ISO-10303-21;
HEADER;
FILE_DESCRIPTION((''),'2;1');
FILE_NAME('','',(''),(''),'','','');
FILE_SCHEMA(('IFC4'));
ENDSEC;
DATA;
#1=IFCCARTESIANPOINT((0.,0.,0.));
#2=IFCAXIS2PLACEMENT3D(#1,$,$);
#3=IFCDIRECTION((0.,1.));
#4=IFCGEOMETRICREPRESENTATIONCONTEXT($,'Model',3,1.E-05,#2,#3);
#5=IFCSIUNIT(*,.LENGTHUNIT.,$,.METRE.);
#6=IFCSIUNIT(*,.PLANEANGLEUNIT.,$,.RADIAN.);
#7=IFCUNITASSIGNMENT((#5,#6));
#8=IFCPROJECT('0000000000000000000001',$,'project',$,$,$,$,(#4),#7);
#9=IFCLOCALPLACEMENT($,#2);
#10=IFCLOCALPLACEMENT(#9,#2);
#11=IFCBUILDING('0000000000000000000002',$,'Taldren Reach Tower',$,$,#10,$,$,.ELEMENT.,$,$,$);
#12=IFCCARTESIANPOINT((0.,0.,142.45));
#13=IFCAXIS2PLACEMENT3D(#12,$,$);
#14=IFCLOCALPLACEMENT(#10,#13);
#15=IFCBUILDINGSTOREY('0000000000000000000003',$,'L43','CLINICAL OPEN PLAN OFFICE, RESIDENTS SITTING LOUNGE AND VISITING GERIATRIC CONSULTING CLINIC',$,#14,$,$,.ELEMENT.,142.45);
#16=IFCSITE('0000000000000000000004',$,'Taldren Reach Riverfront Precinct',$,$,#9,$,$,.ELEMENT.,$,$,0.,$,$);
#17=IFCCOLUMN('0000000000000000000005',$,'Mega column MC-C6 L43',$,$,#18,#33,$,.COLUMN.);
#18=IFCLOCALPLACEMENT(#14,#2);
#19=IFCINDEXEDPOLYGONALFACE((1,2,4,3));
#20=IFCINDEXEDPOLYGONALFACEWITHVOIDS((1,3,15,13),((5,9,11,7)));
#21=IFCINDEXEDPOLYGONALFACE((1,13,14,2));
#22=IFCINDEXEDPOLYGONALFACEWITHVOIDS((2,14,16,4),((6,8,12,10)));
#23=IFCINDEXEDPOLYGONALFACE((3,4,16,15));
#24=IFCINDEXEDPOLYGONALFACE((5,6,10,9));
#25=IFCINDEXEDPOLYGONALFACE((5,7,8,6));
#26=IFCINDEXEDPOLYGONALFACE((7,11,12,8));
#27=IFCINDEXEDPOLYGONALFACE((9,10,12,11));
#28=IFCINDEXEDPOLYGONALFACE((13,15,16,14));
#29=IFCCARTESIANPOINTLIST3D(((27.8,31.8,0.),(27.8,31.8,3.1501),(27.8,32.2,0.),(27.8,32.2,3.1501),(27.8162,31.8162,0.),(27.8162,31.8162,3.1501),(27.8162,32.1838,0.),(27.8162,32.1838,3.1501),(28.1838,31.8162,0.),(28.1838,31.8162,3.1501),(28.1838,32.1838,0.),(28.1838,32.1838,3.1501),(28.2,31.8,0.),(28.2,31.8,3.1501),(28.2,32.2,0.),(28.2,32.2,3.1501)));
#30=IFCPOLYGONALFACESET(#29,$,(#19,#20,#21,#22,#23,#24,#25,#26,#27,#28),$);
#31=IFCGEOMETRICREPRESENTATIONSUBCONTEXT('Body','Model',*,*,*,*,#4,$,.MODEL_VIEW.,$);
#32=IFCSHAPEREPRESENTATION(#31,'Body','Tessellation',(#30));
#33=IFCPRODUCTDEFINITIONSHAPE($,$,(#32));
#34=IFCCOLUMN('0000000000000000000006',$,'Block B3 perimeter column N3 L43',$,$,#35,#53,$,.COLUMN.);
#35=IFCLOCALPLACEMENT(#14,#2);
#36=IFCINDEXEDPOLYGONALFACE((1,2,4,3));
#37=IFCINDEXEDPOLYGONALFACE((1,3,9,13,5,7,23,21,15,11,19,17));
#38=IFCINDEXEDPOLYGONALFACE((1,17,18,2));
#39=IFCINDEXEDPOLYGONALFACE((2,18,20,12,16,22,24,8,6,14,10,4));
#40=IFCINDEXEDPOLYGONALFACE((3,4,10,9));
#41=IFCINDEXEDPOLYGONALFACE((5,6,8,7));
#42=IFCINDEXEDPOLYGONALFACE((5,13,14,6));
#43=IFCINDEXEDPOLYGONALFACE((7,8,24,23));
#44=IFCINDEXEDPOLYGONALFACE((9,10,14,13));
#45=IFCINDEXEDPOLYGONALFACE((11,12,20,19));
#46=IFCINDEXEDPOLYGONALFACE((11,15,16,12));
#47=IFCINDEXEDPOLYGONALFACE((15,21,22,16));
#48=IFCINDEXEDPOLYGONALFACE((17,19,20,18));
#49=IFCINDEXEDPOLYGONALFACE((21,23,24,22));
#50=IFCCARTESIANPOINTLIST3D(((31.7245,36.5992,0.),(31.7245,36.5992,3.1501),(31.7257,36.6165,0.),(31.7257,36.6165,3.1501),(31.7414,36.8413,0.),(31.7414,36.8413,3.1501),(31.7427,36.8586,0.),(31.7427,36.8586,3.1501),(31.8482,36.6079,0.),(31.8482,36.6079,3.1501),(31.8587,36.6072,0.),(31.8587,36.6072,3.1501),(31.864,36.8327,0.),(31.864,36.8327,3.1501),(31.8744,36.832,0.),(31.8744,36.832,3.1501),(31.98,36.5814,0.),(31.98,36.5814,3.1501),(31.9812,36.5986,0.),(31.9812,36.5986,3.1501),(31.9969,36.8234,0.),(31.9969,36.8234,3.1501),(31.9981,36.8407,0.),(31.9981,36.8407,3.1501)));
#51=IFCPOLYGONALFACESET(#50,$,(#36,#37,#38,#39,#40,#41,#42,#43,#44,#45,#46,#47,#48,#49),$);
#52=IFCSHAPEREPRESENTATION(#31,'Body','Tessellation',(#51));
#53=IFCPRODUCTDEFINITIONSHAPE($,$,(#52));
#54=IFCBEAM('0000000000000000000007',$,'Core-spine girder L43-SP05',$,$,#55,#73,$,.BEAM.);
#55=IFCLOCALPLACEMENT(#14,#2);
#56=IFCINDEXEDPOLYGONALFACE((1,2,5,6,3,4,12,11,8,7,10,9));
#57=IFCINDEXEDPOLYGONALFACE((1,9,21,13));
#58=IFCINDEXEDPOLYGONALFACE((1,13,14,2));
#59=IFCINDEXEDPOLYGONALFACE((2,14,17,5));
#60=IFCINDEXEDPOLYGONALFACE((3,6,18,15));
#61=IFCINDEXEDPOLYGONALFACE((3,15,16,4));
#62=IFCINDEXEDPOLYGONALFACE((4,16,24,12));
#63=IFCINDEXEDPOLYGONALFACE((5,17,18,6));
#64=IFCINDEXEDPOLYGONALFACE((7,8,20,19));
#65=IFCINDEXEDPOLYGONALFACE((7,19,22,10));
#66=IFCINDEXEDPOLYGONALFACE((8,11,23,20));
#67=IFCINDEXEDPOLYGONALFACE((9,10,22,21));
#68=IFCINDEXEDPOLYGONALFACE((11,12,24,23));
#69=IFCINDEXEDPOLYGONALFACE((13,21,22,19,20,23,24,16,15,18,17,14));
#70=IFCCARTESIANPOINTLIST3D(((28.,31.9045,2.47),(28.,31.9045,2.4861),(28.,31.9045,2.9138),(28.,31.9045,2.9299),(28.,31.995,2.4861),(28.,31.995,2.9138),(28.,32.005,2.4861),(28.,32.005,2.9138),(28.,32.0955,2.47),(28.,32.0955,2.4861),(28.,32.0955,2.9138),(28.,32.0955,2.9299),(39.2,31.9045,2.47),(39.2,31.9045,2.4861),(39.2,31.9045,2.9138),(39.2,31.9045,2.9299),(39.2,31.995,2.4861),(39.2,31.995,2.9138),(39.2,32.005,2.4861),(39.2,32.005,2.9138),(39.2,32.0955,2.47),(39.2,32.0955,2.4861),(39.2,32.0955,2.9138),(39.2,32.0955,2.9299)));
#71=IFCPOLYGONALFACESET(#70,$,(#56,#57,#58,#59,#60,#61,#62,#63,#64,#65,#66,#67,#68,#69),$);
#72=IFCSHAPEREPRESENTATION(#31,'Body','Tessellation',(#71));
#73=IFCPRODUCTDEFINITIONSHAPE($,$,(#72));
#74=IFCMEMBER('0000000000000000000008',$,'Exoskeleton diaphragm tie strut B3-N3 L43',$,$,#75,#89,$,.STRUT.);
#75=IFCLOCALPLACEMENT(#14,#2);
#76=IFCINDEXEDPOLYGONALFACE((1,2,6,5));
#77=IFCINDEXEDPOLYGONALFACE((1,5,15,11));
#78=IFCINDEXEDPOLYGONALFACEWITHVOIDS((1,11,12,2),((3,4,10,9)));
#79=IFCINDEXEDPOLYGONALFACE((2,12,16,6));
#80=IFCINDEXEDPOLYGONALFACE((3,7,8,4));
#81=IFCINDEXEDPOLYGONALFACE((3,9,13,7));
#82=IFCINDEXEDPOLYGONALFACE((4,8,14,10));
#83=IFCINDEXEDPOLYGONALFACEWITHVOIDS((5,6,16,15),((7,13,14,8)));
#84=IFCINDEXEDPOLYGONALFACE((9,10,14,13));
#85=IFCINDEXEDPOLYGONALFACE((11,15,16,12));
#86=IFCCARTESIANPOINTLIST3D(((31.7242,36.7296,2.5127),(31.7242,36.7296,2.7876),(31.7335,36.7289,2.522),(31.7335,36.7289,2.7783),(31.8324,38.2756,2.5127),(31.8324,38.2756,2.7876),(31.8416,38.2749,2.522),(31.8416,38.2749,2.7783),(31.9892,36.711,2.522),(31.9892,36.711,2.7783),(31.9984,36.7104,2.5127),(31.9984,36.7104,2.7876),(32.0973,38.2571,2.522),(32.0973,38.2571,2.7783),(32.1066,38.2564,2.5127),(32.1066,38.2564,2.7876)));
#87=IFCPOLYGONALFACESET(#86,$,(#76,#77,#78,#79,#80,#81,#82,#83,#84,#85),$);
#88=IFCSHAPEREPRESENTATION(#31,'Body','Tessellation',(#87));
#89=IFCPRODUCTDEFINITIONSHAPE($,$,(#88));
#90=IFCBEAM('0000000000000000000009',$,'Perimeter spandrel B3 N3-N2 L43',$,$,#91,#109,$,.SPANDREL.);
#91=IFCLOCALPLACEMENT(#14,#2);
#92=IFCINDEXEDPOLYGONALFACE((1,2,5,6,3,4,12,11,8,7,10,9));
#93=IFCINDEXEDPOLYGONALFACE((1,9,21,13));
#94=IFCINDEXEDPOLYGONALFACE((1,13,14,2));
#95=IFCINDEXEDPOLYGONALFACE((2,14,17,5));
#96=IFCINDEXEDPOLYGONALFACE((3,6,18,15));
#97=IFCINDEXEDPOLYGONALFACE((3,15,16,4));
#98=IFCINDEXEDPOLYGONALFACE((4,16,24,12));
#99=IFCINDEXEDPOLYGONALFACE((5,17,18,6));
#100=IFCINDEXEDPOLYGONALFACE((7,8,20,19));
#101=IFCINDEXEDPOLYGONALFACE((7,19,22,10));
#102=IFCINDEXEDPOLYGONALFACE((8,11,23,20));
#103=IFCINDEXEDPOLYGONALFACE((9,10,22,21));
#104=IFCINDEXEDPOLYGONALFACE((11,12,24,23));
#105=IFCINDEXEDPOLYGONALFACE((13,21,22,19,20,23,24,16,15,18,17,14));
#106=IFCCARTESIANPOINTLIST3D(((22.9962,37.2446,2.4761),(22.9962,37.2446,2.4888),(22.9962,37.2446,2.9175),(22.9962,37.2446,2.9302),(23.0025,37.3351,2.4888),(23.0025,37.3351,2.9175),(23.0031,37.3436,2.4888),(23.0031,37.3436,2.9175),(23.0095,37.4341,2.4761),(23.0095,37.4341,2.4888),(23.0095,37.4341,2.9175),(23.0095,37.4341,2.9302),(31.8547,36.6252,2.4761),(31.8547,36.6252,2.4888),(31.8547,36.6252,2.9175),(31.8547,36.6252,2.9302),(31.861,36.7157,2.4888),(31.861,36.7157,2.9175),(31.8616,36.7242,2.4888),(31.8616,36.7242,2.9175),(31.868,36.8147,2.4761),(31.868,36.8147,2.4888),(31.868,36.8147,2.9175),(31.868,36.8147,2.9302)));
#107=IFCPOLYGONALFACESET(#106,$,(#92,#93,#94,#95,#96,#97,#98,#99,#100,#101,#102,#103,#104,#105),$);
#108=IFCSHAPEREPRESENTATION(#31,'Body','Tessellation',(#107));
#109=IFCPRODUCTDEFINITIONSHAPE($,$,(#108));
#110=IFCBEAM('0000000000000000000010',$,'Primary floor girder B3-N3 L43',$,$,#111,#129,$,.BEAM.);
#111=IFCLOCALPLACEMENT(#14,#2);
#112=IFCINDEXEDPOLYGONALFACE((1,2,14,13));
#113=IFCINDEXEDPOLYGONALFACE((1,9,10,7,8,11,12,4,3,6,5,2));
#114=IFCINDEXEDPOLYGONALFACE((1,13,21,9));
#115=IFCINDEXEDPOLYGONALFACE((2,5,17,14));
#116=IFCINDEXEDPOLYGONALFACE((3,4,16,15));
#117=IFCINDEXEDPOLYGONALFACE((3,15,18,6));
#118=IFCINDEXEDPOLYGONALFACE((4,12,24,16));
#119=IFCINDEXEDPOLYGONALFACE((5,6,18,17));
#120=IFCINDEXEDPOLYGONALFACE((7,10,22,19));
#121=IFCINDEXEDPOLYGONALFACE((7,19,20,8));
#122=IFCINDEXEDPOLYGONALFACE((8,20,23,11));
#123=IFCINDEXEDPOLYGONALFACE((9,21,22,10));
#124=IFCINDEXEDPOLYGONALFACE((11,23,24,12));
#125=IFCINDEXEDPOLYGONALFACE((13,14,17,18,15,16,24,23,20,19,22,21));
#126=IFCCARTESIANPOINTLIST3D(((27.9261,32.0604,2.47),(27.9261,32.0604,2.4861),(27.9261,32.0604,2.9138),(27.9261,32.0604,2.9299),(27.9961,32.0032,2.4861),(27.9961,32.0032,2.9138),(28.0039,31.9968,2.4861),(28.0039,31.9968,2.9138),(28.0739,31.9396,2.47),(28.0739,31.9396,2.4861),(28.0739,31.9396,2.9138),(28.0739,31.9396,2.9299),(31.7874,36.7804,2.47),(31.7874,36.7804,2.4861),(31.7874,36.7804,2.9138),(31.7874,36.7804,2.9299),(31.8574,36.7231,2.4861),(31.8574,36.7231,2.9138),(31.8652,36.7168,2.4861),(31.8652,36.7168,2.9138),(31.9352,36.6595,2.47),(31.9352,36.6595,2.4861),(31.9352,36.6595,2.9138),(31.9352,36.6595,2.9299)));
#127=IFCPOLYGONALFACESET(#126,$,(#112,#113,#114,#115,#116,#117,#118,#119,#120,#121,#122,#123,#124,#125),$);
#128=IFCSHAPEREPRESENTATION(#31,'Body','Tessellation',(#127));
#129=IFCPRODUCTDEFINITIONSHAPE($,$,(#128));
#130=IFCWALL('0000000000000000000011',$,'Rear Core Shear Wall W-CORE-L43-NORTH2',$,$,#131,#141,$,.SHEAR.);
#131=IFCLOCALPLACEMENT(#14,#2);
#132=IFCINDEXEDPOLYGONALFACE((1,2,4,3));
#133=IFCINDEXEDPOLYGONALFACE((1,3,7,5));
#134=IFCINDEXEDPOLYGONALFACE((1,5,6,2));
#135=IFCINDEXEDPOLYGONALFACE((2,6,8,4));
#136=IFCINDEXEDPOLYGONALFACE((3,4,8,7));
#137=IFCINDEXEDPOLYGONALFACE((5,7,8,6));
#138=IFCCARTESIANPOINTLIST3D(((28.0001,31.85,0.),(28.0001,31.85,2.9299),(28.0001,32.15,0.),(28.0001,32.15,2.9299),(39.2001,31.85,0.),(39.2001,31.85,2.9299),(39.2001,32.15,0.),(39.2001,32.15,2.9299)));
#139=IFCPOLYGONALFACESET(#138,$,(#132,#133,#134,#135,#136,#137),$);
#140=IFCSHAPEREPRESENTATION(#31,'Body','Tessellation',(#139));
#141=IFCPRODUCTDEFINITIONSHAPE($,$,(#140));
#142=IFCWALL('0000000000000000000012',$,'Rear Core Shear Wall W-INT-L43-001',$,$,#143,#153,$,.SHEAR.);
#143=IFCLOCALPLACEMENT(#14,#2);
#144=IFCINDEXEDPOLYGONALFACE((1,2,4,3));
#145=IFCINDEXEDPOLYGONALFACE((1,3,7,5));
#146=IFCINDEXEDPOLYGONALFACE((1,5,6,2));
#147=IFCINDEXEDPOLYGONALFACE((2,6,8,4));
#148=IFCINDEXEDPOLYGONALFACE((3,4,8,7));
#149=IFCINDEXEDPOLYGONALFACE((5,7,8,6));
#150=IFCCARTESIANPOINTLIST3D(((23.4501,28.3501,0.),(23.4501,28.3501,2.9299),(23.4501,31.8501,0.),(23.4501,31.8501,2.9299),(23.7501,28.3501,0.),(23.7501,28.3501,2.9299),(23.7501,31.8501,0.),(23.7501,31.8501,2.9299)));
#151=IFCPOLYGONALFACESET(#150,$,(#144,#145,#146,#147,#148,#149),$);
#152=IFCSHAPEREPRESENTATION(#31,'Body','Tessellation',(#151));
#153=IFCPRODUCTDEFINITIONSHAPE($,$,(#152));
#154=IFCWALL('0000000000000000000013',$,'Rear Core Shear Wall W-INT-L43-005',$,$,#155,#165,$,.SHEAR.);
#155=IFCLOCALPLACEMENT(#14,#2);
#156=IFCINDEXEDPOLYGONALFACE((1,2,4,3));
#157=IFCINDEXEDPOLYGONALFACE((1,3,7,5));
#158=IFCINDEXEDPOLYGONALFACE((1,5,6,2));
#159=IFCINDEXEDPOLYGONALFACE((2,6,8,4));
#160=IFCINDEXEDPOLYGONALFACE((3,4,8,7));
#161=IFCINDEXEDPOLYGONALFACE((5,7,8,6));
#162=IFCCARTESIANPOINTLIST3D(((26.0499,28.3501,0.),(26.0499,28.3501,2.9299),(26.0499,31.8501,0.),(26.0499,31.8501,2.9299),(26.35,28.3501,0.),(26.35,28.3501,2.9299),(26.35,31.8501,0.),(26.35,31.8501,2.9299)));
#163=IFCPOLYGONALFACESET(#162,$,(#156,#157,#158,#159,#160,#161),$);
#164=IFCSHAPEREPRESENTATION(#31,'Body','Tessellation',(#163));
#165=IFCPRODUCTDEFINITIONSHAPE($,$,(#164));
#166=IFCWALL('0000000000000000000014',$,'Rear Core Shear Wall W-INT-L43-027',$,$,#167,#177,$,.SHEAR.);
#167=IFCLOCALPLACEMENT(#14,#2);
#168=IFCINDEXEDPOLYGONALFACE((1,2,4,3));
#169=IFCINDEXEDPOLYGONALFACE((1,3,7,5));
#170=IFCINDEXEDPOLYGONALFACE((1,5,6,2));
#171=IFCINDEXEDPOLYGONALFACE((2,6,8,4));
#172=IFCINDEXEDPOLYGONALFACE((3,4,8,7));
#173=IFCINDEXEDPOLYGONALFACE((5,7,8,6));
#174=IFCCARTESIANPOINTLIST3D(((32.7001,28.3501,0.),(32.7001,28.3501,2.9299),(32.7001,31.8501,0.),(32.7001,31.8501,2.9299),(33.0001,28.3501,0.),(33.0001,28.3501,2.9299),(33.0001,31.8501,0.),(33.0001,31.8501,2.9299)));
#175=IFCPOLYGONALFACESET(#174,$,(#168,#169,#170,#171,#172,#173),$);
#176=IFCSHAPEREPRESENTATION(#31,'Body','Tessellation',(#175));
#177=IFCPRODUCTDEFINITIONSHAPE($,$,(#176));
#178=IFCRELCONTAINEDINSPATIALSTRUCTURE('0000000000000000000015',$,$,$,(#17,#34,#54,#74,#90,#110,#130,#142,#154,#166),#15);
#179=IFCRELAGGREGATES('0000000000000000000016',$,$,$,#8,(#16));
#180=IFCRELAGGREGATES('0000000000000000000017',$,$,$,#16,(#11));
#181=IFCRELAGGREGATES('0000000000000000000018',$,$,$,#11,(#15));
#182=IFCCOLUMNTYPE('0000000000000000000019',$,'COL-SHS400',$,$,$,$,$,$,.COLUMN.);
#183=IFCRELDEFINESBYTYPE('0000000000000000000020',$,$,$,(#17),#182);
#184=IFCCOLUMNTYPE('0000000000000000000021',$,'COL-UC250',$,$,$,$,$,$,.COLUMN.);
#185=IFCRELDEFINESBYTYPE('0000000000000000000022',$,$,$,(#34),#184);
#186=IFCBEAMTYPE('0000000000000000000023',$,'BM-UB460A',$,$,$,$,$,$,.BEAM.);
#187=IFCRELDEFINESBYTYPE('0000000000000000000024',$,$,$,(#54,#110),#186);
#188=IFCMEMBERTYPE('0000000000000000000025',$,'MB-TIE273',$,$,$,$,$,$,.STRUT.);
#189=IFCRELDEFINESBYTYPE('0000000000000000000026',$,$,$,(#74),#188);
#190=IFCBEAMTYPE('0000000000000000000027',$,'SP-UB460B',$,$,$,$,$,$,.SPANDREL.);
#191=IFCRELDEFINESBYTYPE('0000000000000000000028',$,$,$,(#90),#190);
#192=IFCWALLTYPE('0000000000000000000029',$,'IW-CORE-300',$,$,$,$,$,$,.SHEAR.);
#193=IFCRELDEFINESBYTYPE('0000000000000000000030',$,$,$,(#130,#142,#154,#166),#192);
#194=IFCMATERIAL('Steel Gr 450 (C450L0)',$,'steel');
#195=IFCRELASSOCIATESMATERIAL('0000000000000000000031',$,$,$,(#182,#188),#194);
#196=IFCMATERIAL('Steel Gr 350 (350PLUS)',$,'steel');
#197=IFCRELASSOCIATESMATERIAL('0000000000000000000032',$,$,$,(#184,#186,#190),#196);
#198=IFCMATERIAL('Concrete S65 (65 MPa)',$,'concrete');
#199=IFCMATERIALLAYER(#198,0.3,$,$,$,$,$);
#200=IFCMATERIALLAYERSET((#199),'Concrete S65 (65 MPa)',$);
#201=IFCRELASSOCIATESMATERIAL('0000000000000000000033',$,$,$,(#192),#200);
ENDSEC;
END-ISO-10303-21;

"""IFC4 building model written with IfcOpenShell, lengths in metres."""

from ifc_helpers import new_model, si_unit, direction, frame, frame_2d, origin, origin_2d, place, context, subcontext, project, spatial, rectangle, hollow_rectangle, i_section, extrude, source, transform, mapped, material, layer, layer_set, material_profile, profile_set, type_object, element, save


model = new_model("IFC4")

# Units and contexts
model_context = context("Model", 3, precision=1e-05, world=origin(), true_north=direction((0.0, 1.0)))
body_context = subcontext(model_context, "Body", "Model", "MODEL_VIEW")
ifc_project = project(units=[si_unit("LENGTHUNIT", "METRE"), si_unit("PLANEANGLEUNIT", "RADIAN")], contexts=[model_context])

# Site, building, storey
site_placement = place(None, origin())
site = spatial("IfcSite", under=ifc_project, at=site_placement, Name="Taldren Reach Riverfront Precinct", CompositionType="ELEMENT", RefElevation=0.0)
building_placement = place(site_placement, origin())
building = spatial("IfcBuilding", under=site, at=building_placement, Name="Taldren Reach Tower", CompositionType="ELEMENT")
storey_placement = place(building_placement, frame((0.0, 0.0, 142.45)))
storey = spatial("IfcBuildingStorey", under=building, at=storey_placement, Name="L43", Description="CLINICAL OPEN PLAN OFFICE, RESIDENTS SITTING LOUNGE AND VISITING GERIATRIC CONSULTING CLINIC", CompositionType="ELEMENT", Elevation=142.45)

# Columns
ifc_material_1 = material(Name="Steel Gr 450 (C450L0)", Category="steel")
ifc_material_profile_1 = material_profile(ifc_material_1, hollow_rectangle(XDim=0.3999, YDim=0.3999, WallThickness=0.0161, at=origin_2d()), Name="400x400x16.0SHS")
ifc_profile_set_1 = profile_set([ifc_material_profile_1], Name="Steel Gr 450 (C450L0)")
column_type_1 = type_object("IfcColumnType", Name="COL-SHS400", PredefinedType="COLUMN", material=ifc_profile_set_1)
shared_shape_1 = source(origin(), body_context, "Body", "SweptSolid", [
    extrude(hollow_rectangle(XDim=0.3999, YDim=0.3999, WallThickness=0.0161, at=origin_2d()), origin(), (0.0, 0.0, 1.0), 3.1501),
])
column_1_placement = place(storey_placement, frame((28.0, 32.0, 0.0), z_axis=(0.0, 0.0, 1.0), x_axis=(1.0, 0.0, 0.0)))
element("IfcColumn", 1, at=column_1_placement, inside=storey, type_object=column_type_1, Name="Mega column MC-C6 L43", PredefinedType="COLUMN", context=body_context, shape_type="MappedRepresentation", body=[
    mapped(shared_shape_1, transform((0.0, 0.0, 0.0), scale=1.0)),
])
ifc_material_2 = material(Name="Steel Gr 350 (350PLUS)", Category="steel")
ifc_material_profile_2 = material_profile(ifc_material_2, i_section(OverallWidth=0.2561, OverallDepth=0.26, WebThickness=0.0105, FlangeThickness=0.0173, at=origin_2d()), Name="250UC89.5")
ifc_profile_set_2 = profile_set([ifc_material_profile_2], Name="Steel Gr 350 (350PLUS)")
column_type_2 = type_object("IfcColumnType", Name="COL-UC250", PredefinedType="COLUMN", material=ifc_profile_set_2)
shared_shape_2 = source(origin(), body_context, "Body", "SweptSolid", [
    extrude(i_section(OverallWidth=0.2561, OverallDepth=0.26, WebThickness=0.0105, FlangeThickness=0.0173, at=origin_2d()), origin(), (0.0, 0.0, 1.0), 3.1501),
])
column_2_placement = place(storey_placement, frame((31.8613, 36.72, 0.0), z_axis=(0.0, 0.0, 1.0), x_axis=(0.997564, -0.069756, 0.0)))
element("IfcColumn", 2, at=column_2_placement, inside=storey, type_object=column_type_2, Name="Block B3 perimeter column N3 L43", PredefinedType="COLUMN", context=body_context, shape_type="MappedRepresentation", body=[
    mapped(shared_shape_2, transform((0.0, 0.0, 0.0), scale=1.0)),
])

# Beam
ifc_material_profile_3 = material_profile(ifc_material_2, i_section(OverallWidth=0.1909, OverallDepth=0.46, WebThickness=0.01, FlangeThickness=0.0161, at=origin_2d()), Name="460UB82.1")
ifc_profile_set_3 = profile_set([ifc_material_profile_3], Name="Steel Gr 350 (350PLUS)")
beam_type_1 = type_object("IfcBeamType", Name="BM-UB460A", PredefinedType="BEAM", material=ifc_profile_set_3)
shared_shape_3 = source(origin(), body_context, "Body", "SweptSolid", [
    extrude(i_section(OverallWidth=0.1909, OverallDepth=0.46, WebThickness=0.01, FlangeThickness=0.0161, at=origin_2d()), origin(), (0.0, 0.0, 1.0), 11.2),
])
beam_1_placement = place(storey_placement, frame((28.0, 32.0, 2.7), z_axis=(1.0, 0.0, 0.0), x_axis=(0.0, 1.0, 0.0)))
element("IfcBeam", 3, at=beam_1_placement, inside=storey, type_object=beam_type_1, Name="Core-spine girder L43-SP05", PredefinedType="BEAM", context=body_context, shape_type="MappedRepresentation", body=[
    mapped(shared_shape_3, transform((0.0, 0.0, 0.0), scale=1.0)),
])

# Member
ifc_material_profile_4 = material_profile(ifc_material_1, hollow_rectangle(XDim=0.2749, YDim=0.2749, WallThickness=0.0093, at=origin_2d()), Name="275x275x9.3SHS")
ifc_profile_set_4 = profile_set([ifc_material_profile_4], Name="Steel Gr 450 (C450L0)")
member_type = type_object("IfcMemberType", Name="MB-TIE273", PredefinedType="STRUT", material=ifc_profile_set_4)
shared_shape_4 = source(origin(), body_context, "Body", "SweptSolid", [
    extrude(hollow_rectangle(XDim=0.2749, YDim=0.2749, WallThickness=0.0093, at=origin_2d()), origin(), (0.0, 0.0, 1.0), 1.5498),
])
member_placement = place(storey_placement, frame((31.8613, 36.72, 2.6501), z_axis=(0.069781, 0.997562, 0.0), x_axis=(-0.997562, 0.069781, 0.0)))
element("IfcMember", 4, at=member_placement, inside=storey, type_object=member_type, Name="Exoskeleton diaphragm tie strut B3-N3 L43", PredefinedType="STRUT", context=body_context, shape_type="MappedRepresentation", body=[
    mapped(shared_shape_4, transform((0.0, 0.0, 0.0), scale=1.0)),
])

# Beams
ifc_material_profile_5 = material_profile(ifc_material_2, i_section(OverallWidth=0.1899, OverallDepth=0.4541, WebThickness=0.0085, FlangeThickness=0.0127, at=origin_2d()), Name="460UB67.1")
ifc_profile_set_5 = profile_set([ifc_material_profile_5], Name="Steel Gr 350 (350PLUS)")
beam_type_2 = type_object("IfcBeamType", Name="SP-UB460B", PredefinedType="SPANDREL", material=ifc_profile_set_5)
shared_shape_5 = source(origin(), body_context, "Body", "SweptSolid", [
    extrude(i_section(OverallWidth=0.1899, OverallDepth=0.4541, WebThickness=0.0085, FlangeThickness=0.0127, at=origin_2d()), origin(), (0.0, 0.0, 1.0), 8.8801),
])
beam_2_placement = place(storey_placement, frame((31.8613, 36.72, 2.7031), z_axis=(-0.997564, 0.06975, 0.0), x_axis=(-0.06975, -0.997564, 0.0)))
element("IfcBeam", 5, at=beam_2_placement, inside=storey, type_object=beam_type_2, Name="Perimeter spandrel B3 N3-N2 L43", PredefinedType="SPANDREL", context=body_context, shape_type="MappedRepresentation", body=[
    mapped(shared_shape_5, transform((0.0, 0.0, 0.0), scale=1.0)),
])
shared_shape_6 = source(origin(), body_context, "Body", "SweptSolid", [
    extrude(i_section(OverallWidth=0.1909, OverallDepth=0.46, WebThickness=0.01, FlangeThickness=0.0161, at=origin_2d()), origin(), (0.0, 0.0, 1.0), 6.0981),
])
beam_3_placement = place(storey_placement, frame((28.0, 32.0, 2.7), z_axis=(0.633192, 0.773995, 0.0), x_axis=(-0.773995, 0.633192, 0.0)))
element("IfcBeam", 6, at=beam_3_placement, inside=storey, type_object=beam_type_1, Name="Primary floor girder B3-N3 L43", PredefinedType="BEAM", context=body_context, shape_type="MappedRepresentation", body=[
    mapped(shared_shape_6, transform((0.0, 0.0, 0.0), scale=1.0)),
])

# Walls
ifc_material_3 = material(Name="Concrete S65 (65 MPa)", Category="concrete")
ifc_layer_1 = layer(ifc_material_3, 0.3)
ifc_layer_set_1 = layer_set([ifc_layer_1], Name="Concrete S65 (65 MPa)")
wall_type_1 = type_object("IfcWallType", Name="IW-CORE-300", PredefinedType="SHEAR", material=ifc_layer_set_1)
shared_shape_7 = source(origin(), body_context, "Body", "SweptSolid", [
    extrude(rectangle(XDim=11.2, YDim=0.3, at=frame_2d((5.6001, 0.0))), origin(), (0.0, 0.0, 1.0), 2.9299),
])
wall_1_placement = place(storey_placement, frame((28.0, 32.0, 0.0), z_axis=(0.0, 0.0, 1.0), x_axis=(1.0, 0.0, 0.0)))
element("IfcWall", 7, at=wall_1_placement, inside=storey, type_object=wall_type_1, Name="Rear Core Shear Wall W-CORE-L43-NORTH2", PredefinedType="SHEAR", context=body_context, shape_type="MappedRepresentation", body=[
    mapped(shared_shape_7, transform((0.0, 0.0, 0.0), scale=1.0)),
])
shared_shape_8 = source(origin(), body_context, "Body", "SweptSolid", [
    extrude(rectangle(XDim=3.5, YDim=0.3, at=frame_2d((1.75, 0.0))), origin(), (0.0, 0.0, 1.0), 2.9299),
])
for number, where, z_axis, x_axis, name in (
    (8, (23.6001, 28.3501, 0.0), (0.0, 0.0, 1.0), (0.0, 1.0, 0.0), "Rear Core Shear Wall W-INT-L43-001"),
    (9, (26.2, 28.3501, 0.0), (0.0, 0.0, 1.0), (0.0, 1.0, 0.0), "Rear Core Shear Wall W-INT-L43-005"),
    (10, (32.8501, 31.8501, 0.0), (0.0, 0.0, 1.0), (0.0, -1.0, 0.0), "Rear Core Shear Wall W-INT-L43-027"),
):
    element("IfcWall", number, at=place(storey_placement, frame(where, z_axis=z_axis, x_axis=x_axis)), inside=storey, type_object=wall_type_1, Name=name, PredefinedType="SHEAR", context=body_context, shape_type="MappedRepresentation", body=[
        mapped(shared_shape_8, transform((0.0, 0.0, 0.0), scale=1.0)),
    ])

save(model, "model.ifc")
